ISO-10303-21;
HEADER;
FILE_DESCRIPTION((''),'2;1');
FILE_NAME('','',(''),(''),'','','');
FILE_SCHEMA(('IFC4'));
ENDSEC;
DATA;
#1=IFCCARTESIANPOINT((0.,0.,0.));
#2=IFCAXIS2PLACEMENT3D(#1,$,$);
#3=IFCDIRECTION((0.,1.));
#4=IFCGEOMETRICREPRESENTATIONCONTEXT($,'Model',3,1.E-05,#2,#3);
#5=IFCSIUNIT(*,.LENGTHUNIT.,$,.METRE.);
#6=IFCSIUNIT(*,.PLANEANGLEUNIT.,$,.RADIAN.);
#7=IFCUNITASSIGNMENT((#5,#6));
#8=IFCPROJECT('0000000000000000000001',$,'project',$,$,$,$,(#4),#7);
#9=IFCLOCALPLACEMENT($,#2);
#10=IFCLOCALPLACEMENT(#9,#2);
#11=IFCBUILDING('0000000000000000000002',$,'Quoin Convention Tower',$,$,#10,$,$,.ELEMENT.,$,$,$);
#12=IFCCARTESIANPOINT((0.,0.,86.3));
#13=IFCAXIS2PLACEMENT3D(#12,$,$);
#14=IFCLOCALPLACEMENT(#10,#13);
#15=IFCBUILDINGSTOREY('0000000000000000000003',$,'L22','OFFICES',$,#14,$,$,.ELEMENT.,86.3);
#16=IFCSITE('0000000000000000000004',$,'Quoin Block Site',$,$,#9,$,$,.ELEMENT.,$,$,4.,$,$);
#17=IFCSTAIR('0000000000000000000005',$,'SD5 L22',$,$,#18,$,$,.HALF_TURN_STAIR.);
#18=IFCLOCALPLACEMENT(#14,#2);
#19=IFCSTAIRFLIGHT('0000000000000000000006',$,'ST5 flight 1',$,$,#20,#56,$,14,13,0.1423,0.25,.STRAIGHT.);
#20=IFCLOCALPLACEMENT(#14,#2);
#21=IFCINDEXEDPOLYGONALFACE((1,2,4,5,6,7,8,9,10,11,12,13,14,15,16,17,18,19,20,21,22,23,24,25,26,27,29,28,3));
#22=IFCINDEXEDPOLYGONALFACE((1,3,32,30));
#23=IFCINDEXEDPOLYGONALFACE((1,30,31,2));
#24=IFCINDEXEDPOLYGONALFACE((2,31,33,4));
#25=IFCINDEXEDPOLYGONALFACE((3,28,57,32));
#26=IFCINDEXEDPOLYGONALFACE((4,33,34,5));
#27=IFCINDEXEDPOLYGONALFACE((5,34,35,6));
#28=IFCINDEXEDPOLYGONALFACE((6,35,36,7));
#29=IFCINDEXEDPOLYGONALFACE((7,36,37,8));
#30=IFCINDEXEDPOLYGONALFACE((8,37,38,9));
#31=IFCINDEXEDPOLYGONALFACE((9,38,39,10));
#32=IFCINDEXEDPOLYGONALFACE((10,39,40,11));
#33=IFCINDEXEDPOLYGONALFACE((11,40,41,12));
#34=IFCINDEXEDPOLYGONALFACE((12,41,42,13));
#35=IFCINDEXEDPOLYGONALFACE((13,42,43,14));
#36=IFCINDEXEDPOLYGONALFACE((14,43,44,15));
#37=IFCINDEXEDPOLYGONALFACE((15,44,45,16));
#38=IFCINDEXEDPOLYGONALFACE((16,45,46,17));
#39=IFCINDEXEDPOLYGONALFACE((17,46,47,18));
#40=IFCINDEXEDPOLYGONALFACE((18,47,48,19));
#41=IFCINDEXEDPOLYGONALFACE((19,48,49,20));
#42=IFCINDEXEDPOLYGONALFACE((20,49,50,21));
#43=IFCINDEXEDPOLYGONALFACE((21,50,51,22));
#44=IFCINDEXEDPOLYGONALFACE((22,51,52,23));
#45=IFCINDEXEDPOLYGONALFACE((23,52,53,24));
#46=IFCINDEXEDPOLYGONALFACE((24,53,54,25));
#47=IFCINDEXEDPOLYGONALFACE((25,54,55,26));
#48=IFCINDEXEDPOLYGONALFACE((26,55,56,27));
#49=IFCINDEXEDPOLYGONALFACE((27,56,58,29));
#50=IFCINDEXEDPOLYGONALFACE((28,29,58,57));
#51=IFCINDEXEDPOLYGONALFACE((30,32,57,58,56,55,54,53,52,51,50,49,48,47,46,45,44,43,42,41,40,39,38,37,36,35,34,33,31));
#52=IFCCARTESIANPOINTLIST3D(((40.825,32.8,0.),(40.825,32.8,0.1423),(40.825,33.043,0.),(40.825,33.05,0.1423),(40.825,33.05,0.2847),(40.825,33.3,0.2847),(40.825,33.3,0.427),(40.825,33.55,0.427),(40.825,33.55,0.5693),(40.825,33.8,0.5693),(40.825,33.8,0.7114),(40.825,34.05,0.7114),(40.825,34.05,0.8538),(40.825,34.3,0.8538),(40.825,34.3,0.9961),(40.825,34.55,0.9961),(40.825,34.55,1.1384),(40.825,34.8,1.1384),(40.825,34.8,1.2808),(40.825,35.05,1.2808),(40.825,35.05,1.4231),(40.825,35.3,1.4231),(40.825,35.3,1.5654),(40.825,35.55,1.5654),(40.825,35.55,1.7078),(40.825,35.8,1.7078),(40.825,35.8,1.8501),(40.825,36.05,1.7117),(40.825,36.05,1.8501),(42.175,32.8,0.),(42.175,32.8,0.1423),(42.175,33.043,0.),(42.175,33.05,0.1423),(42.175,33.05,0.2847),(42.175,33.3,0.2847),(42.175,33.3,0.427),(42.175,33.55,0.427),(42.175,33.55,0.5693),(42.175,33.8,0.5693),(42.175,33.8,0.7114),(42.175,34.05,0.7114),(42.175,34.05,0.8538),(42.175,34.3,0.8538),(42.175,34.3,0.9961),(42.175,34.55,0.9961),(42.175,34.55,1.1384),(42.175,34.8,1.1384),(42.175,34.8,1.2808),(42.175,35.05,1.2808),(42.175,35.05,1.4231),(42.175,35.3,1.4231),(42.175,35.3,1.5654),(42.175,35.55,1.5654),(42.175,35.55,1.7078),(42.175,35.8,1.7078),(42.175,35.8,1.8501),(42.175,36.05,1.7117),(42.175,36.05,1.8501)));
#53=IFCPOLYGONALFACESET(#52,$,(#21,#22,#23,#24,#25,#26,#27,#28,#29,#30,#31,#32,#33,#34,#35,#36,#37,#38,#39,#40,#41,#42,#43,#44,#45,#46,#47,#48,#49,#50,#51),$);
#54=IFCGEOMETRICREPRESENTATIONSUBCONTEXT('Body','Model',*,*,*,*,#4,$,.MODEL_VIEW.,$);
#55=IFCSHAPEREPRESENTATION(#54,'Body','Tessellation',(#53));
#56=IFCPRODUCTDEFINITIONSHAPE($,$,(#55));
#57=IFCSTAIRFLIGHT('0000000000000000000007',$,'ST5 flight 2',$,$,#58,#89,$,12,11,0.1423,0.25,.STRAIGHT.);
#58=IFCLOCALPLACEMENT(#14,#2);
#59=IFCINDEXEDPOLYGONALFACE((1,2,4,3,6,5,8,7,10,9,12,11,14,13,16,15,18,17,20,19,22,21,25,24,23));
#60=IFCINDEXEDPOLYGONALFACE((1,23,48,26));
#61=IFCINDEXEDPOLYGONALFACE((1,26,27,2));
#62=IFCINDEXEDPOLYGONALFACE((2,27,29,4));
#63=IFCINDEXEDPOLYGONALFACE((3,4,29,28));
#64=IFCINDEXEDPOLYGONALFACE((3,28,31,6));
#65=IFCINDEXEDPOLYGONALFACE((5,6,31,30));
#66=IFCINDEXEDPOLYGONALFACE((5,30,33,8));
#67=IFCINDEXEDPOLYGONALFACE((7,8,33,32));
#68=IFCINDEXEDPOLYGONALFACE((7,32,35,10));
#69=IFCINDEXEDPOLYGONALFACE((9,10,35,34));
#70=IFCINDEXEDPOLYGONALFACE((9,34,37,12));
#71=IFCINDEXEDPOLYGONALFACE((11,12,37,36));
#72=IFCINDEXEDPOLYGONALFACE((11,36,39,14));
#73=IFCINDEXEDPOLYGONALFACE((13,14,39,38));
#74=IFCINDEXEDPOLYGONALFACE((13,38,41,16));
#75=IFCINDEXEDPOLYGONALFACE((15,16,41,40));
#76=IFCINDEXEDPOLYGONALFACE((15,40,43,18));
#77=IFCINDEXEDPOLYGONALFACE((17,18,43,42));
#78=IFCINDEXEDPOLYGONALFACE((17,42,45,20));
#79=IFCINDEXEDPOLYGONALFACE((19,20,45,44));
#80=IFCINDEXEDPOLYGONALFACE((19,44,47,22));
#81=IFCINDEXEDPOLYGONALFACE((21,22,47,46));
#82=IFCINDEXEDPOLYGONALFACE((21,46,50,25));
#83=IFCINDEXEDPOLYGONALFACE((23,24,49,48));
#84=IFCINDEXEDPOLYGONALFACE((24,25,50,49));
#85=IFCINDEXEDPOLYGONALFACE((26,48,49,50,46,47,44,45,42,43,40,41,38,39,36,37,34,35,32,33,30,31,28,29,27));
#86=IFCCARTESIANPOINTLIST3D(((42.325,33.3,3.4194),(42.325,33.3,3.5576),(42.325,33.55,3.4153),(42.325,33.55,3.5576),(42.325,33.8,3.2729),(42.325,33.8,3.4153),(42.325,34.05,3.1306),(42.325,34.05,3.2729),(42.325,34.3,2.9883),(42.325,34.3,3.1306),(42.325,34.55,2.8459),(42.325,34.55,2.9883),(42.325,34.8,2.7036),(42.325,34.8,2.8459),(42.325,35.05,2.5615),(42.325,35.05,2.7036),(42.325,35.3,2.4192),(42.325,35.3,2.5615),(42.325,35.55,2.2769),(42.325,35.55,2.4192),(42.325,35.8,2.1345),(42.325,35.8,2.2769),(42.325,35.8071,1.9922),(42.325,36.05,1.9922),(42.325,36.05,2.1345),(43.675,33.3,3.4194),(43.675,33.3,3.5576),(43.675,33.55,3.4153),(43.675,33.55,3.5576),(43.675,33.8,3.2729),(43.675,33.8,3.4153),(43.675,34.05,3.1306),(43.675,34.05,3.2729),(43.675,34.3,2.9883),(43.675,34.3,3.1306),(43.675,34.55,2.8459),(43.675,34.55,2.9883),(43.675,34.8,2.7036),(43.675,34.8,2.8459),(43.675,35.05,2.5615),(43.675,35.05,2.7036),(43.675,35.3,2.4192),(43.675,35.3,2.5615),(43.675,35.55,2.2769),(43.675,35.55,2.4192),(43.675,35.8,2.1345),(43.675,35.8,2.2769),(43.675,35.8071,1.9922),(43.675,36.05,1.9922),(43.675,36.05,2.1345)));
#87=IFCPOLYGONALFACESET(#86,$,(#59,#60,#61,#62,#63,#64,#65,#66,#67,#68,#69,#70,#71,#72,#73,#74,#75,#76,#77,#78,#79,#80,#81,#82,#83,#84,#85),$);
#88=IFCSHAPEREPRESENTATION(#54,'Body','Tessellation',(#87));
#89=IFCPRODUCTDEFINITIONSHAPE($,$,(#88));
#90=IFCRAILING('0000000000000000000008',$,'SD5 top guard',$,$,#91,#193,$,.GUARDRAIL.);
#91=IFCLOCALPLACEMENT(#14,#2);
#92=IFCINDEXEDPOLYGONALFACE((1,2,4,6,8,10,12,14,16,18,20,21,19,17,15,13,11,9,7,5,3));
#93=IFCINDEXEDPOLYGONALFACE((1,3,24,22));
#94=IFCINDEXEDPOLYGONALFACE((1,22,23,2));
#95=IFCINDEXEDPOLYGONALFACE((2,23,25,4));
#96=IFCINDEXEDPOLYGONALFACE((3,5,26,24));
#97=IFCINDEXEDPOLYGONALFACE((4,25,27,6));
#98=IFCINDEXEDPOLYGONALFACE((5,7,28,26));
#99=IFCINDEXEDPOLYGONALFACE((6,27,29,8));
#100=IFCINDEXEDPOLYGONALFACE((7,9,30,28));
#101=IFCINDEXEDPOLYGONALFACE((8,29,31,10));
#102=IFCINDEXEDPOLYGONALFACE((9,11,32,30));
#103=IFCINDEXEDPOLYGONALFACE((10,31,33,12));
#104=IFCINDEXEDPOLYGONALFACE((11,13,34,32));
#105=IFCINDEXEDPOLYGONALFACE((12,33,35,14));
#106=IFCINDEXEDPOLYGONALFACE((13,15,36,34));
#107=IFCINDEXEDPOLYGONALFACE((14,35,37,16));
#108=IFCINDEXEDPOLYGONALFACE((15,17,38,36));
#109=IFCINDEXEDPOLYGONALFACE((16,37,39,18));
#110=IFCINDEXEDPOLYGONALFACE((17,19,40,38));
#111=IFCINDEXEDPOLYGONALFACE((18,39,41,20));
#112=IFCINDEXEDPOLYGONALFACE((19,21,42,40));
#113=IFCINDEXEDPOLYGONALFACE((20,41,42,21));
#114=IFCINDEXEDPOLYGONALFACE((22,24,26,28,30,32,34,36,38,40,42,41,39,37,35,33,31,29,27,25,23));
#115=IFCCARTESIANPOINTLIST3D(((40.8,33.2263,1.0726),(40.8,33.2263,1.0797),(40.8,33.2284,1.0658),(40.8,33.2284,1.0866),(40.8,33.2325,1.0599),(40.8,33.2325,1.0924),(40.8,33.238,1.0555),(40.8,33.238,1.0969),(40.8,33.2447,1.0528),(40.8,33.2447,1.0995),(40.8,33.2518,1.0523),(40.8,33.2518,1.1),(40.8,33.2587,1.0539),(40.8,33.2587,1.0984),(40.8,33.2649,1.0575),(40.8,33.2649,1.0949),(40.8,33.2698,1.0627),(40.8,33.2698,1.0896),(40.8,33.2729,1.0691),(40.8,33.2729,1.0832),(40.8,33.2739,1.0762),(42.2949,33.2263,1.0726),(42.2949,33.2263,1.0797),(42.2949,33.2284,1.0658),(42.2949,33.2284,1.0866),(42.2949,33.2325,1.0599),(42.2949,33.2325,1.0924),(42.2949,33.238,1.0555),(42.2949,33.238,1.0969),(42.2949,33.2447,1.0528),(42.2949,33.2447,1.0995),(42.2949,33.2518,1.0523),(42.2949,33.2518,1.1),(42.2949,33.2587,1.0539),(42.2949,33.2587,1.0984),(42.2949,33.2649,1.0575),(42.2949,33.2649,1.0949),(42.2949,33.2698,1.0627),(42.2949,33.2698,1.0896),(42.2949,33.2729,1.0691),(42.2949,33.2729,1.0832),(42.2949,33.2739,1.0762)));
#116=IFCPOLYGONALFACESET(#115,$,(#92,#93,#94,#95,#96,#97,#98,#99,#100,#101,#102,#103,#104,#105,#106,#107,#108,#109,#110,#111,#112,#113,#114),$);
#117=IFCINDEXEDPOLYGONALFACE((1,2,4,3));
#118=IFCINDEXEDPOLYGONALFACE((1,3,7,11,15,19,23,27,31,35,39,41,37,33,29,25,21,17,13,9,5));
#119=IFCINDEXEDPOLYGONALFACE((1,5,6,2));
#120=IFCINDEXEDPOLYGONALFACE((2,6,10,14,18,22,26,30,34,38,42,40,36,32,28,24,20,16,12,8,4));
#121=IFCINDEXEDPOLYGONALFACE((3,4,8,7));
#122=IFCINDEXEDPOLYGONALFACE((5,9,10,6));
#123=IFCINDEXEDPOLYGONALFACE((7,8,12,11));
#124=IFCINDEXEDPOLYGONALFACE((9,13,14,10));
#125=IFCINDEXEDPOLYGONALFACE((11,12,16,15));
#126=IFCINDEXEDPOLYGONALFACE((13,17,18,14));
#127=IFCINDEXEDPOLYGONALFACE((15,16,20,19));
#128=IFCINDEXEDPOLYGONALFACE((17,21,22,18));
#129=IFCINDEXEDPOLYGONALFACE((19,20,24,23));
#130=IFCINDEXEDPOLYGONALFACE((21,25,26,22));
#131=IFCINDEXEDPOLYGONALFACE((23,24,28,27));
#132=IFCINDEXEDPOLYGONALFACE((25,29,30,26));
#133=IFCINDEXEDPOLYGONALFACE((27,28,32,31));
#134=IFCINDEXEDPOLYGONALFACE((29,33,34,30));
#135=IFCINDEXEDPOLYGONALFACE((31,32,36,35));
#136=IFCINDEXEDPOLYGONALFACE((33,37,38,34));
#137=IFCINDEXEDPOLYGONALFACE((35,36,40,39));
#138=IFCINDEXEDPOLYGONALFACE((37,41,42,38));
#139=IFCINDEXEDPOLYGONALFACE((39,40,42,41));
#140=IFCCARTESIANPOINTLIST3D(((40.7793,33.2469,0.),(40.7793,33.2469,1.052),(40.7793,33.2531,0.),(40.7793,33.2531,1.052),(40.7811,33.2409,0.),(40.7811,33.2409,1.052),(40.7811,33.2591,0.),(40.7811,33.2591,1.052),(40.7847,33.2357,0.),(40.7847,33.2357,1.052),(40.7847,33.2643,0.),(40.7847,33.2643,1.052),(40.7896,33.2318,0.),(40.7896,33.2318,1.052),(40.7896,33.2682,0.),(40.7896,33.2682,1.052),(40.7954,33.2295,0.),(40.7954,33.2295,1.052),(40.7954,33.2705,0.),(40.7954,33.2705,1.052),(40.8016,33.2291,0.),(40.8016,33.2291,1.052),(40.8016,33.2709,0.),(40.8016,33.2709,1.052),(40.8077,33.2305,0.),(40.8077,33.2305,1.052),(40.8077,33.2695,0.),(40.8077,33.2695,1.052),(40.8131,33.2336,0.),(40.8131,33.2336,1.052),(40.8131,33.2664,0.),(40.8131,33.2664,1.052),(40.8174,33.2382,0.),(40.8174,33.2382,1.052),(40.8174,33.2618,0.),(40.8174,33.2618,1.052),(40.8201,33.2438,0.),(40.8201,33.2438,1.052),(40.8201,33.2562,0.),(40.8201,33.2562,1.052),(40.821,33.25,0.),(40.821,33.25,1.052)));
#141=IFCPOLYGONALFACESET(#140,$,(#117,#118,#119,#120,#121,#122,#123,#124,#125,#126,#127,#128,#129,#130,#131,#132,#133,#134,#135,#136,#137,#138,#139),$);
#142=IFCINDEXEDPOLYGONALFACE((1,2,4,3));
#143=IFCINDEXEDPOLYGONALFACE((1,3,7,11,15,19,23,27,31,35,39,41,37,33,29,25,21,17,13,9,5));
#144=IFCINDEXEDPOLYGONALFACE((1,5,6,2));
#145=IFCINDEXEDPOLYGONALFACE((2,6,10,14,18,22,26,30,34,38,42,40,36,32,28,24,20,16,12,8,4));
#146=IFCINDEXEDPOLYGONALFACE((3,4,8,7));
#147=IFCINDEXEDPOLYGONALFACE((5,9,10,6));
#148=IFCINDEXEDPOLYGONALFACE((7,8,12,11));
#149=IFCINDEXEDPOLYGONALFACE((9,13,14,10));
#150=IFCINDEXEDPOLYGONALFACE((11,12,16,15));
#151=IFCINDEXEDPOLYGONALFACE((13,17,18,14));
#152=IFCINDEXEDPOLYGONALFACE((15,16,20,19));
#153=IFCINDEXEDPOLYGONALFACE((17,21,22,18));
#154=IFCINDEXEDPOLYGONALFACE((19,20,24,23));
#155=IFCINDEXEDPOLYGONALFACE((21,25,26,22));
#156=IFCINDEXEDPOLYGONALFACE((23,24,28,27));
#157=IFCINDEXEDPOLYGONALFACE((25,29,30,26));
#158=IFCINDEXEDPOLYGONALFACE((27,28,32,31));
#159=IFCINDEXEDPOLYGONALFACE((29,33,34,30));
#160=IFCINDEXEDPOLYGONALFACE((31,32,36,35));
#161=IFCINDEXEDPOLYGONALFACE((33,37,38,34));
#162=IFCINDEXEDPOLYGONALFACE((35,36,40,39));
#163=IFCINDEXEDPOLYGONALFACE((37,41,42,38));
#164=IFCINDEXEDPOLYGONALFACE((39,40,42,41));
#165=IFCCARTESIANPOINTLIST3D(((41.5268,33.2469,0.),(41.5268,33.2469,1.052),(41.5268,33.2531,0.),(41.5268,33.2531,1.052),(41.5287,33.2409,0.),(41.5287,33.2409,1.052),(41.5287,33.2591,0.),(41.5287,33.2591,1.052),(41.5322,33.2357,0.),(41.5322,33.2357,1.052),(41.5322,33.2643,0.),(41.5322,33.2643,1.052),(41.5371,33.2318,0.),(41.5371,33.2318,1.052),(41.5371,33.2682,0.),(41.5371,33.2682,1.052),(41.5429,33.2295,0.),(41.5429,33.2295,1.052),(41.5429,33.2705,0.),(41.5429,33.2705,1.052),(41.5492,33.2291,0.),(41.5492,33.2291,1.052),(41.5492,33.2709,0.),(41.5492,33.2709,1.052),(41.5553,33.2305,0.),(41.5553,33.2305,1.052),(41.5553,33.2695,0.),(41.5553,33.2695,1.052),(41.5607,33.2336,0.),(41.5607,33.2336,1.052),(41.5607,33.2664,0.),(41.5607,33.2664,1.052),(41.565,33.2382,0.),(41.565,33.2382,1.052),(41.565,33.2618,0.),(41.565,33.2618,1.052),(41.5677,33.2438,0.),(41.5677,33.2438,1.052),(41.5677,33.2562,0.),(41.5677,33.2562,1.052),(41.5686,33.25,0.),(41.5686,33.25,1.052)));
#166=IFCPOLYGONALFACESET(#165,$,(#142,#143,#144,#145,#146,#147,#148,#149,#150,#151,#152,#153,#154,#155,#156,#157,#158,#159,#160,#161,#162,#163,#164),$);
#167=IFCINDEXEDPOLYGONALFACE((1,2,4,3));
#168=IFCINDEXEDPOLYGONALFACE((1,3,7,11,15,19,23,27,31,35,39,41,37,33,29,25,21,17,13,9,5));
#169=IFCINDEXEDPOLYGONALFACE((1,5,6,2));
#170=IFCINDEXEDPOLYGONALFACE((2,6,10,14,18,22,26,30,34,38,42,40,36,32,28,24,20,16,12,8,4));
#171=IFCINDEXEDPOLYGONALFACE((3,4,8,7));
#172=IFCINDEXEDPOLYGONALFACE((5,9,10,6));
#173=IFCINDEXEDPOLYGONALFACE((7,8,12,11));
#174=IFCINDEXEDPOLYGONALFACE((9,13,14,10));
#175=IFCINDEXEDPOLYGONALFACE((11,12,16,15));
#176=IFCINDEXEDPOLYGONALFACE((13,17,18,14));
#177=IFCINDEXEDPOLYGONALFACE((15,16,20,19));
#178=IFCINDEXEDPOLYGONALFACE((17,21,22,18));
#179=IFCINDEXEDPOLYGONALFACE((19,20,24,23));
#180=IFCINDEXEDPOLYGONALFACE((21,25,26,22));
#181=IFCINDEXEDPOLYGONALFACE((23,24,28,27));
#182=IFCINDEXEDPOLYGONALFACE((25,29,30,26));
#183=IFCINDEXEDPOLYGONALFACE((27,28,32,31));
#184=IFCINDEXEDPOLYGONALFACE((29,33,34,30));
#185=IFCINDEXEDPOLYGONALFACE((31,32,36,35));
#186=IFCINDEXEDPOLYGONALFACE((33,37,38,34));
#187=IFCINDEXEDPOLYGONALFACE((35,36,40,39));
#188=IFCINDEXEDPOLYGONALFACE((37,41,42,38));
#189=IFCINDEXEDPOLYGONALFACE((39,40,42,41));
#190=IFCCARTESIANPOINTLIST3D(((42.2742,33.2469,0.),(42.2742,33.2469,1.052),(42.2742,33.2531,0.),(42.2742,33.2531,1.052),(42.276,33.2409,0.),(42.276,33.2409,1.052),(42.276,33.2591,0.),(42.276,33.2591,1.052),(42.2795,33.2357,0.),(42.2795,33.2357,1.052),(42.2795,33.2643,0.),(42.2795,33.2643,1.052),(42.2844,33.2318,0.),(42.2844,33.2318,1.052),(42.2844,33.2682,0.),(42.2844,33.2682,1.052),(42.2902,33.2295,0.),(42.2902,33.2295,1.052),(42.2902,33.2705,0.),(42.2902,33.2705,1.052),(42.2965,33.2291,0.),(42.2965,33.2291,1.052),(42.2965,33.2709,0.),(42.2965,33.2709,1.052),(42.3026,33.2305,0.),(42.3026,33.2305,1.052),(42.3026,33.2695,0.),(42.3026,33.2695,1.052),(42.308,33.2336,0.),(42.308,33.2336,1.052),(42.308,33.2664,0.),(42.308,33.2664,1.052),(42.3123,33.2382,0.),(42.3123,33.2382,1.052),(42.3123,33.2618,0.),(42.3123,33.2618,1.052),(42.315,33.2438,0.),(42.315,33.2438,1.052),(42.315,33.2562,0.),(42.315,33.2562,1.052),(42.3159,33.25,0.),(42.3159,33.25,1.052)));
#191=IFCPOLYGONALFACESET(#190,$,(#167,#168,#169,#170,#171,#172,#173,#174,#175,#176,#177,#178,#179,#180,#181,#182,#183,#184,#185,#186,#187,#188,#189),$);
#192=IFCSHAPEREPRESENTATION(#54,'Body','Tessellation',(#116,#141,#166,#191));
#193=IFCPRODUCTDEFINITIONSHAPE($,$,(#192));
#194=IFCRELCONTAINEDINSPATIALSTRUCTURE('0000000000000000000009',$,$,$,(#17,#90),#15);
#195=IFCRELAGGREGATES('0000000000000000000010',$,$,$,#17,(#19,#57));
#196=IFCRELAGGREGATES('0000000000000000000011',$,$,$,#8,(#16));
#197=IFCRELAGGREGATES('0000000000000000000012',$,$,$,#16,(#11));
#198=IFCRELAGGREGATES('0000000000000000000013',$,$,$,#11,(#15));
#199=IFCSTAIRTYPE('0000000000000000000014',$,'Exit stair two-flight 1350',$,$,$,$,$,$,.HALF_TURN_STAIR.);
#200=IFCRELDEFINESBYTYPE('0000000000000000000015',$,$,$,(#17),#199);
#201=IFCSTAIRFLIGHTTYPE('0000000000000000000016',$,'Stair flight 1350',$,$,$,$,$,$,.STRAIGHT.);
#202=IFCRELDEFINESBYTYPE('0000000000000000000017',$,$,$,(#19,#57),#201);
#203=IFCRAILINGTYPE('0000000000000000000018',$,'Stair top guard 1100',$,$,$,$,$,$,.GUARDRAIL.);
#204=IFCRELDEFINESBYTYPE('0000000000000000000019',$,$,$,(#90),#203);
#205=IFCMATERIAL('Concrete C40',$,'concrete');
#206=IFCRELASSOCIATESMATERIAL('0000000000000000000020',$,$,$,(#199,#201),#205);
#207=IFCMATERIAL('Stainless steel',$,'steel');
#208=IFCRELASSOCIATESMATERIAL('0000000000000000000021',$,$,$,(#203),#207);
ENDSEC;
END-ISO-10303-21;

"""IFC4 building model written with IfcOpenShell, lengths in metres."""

from ifc_helpers import new_model, si_unit, direction, frame, origin, origin_2d, place, context, subcontext, project, spatial, polyline, circle, outline, extrude, material, type_object, element, aggregate, save


model = new_model("IFC4")

# Units and contexts
model_context = context("Model", 3, precision=1e-05, world=origin(), true_north=direction((0.0, 1.0)))
body_context = subcontext(model_context, "Body", "Model", "MODEL_VIEW")
ifc_project = project(units=[si_unit("LENGTHUNIT", "METRE"), si_unit("PLANEANGLEUNIT", "RADIAN")], contexts=[model_context])

# Site, building, storey
site_placement = place(None, origin())
site = spatial("IfcSite", under=ifc_project, at=site_placement, Name="Quoin Block Site", CompositionType="ELEMENT", RefElevation=4.0)
building_placement = place(site_placement, origin())
building = spatial("IfcBuilding", under=site, at=building_placement, Name="Quoin Convention Tower", CompositionType="ELEMENT")
storey_placement = place(building_placement, frame((0.0, 0.0, 86.3)))
storey = spatial("IfcBuildingStorey", under=building, at=storey_placement, Name="L22", Description="OFFICES", CompositionType="ELEMENT", Elevation=86.3)

# Stair, stair flights
ifc_material_1 = material(Name="Concrete C40", Category="concrete")
stair_type = type_object("IfcStairType", Name="Exit stair two-flight 1350", PredefinedType="HALF_TURN_STAIR", material=ifc_material_1)
stair_placement = place(storey_placement, origin())
stair = element("IfcStair", 1, at=stair_placement, inside=storey, type_object=stair_type, Name="SD5 L22", PredefinedType="HALF_TURN_STAIR")
stair_flight_type = type_object("IfcStairFlightType", Name="Stair flight 1350", PredefinedType="STRAIGHT", material=ifc_material_1)
stair_flight_1_placement = place(storey_placement, frame((41.5, 32.8, 0.0), z_axis=(0.0, 0.0, 1.0), x_axis=(0.0, 1.0, 0.0)))
stair_flight_1 = element("IfcStairFlight", 2, at=stair_flight_1_placement, type_object=stair_flight_type, Name="ST5 flight 1", NumberOfRisers=14, NumberOfTreads=13, PredefinedType="STRAIGHT", RiserHeight=0.1423, TreadLength=0.25, context=body_context, shape_type="SweptSolid", body=[
    extrude(outline(polyline([(0.0, 0.0), (0.0, 0.1423), (0.25, 0.1423), (0.25, 0.2847), (0.5, 0.2847), (0.5, 0.427), (0.75, 0.427), (0.75, 0.5693), (1.0, 0.5693), (1.0, 0.7114), (1.25, 0.7114), (1.25, 0.8538), (1.5, 0.8538), (1.5, 0.9961), (1.75, 0.9961), (1.75, 1.1384), (2.0, 1.1384), (2.0, 1.2808), (2.25, 1.2808), (2.25, 1.4231), (2.5, 1.4231), (2.5, 1.5654), (2.75, 1.5654), (2.75, 1.7078), (3.0, 1.7078), (3.0, 1.8501), (3.25, 1.8501), (3.25, 1.9922), (3.25, 1.7117), (0.2429, 0.0), (0.0, 0.0)])), frame((0.0, 0.675, 0.0), z_axis=(0.0, -1.0, 0.0), x_axis=(1.0, 0.0, 0.0)), (0.0, 0.0, 1.0), 1.3501),
])
stair_flight_2_placement = place(storey_placement, frame((43.0, 36.05, 1.9922), z_axis=(0.0, 0.0, 1.0), x_axis=(0.0, -1.0, 0.0)))
stair_flight_2 = element("IfcStairFlight", 3, at=stair_flight_2_placement, type_object=stair_flight_type, Name="ST5 flight 2", NumberOfRisers=12, NumberOfTreads=11, PredefinedType="STRAIGHT", RiserHeight=0.1423, TreadLength=0.25, context=body_context, shape_type="SweptSolid", body=[
    extrude(outline(polyline([(0.0, 0.0), (0.0, 0.1423), (0.25, 0.1423), (0.25, 0.2847), (0.5, 0.2847), (0.5, 0.427), (0.75, 0.427), (0.75, 0.5693), (1.0, 0.5693), (1.0, 0.7114), (1.25, 0.7114), (1.25, 0.8538), (1.5, 0.8538), (1.5, 0.9961), (1.75, 0.9961), (1.75, 1.1384), (2.0, 1.1384), (2.0, 1.2808), (2.25, 1.2808), (2.25, 1.4231), (2.5, 1.4231), (2.5, 1.5654), (2.75, 1.5654), (2.75, 1.7078), (2.75, 1.4272), (0.2429, 0.0), (0.0, 0.0)])), frame((0.0, 0.675, 0.0), z_axis=(0.0, -1.0, 0.0), x_axis=(1.0, 0.0, 0.0)), (0.0, 0.0, 1.0), 1.3501),
])
aggregate(stair, [stair_flight_1, stair_flight_2])

# Railing
ifc_material_2 = material(Name="Stainless steel", Category="steel")
railing_type_1 = type_object("IfcRailingType", Name="Stair top guard 1100", PredefinedType="GUARDRAIL", material=ifc_material_2)
railing_1_placement = place(storey_placement, frame((40.8, 33.25, 0.0)))
element("IfcRailing", 4, at=railing_1_placement, inside=storey, type_object=railing_type_1, Name="SD5 top guard", PredefinedType="GUARDRAIL", context=body_context, shape_type="SweptSolid", body=[
    extrude(circle(Radius=0.0239, at=origin_2d()), frame((0.0, 0.0, 1.0762), z_axis=(1.0, 0.0, 0.0), x_axis=(0.0, 1.0, 0.0)), (0.0, 0.0, 1.0), 1.4949),
    extrude(circle(Radius=0.021, at=origin_2d()), origin(), (0.0, 0.0, 1.0), 1.052),
    extrude(circle(Radius=0.021, at=origin_2d()), frame((0.7476, 0.0, 0.0)), (0.0, 0.0, 1.0), 1.052),
    extrude(circle(Radius=0.021, at=origin_2d()), frame((1.4949, 0.0, 0.0)), (0.0, 0.0, 1.0), 1.052),
])

save(model, "model.ifc")
